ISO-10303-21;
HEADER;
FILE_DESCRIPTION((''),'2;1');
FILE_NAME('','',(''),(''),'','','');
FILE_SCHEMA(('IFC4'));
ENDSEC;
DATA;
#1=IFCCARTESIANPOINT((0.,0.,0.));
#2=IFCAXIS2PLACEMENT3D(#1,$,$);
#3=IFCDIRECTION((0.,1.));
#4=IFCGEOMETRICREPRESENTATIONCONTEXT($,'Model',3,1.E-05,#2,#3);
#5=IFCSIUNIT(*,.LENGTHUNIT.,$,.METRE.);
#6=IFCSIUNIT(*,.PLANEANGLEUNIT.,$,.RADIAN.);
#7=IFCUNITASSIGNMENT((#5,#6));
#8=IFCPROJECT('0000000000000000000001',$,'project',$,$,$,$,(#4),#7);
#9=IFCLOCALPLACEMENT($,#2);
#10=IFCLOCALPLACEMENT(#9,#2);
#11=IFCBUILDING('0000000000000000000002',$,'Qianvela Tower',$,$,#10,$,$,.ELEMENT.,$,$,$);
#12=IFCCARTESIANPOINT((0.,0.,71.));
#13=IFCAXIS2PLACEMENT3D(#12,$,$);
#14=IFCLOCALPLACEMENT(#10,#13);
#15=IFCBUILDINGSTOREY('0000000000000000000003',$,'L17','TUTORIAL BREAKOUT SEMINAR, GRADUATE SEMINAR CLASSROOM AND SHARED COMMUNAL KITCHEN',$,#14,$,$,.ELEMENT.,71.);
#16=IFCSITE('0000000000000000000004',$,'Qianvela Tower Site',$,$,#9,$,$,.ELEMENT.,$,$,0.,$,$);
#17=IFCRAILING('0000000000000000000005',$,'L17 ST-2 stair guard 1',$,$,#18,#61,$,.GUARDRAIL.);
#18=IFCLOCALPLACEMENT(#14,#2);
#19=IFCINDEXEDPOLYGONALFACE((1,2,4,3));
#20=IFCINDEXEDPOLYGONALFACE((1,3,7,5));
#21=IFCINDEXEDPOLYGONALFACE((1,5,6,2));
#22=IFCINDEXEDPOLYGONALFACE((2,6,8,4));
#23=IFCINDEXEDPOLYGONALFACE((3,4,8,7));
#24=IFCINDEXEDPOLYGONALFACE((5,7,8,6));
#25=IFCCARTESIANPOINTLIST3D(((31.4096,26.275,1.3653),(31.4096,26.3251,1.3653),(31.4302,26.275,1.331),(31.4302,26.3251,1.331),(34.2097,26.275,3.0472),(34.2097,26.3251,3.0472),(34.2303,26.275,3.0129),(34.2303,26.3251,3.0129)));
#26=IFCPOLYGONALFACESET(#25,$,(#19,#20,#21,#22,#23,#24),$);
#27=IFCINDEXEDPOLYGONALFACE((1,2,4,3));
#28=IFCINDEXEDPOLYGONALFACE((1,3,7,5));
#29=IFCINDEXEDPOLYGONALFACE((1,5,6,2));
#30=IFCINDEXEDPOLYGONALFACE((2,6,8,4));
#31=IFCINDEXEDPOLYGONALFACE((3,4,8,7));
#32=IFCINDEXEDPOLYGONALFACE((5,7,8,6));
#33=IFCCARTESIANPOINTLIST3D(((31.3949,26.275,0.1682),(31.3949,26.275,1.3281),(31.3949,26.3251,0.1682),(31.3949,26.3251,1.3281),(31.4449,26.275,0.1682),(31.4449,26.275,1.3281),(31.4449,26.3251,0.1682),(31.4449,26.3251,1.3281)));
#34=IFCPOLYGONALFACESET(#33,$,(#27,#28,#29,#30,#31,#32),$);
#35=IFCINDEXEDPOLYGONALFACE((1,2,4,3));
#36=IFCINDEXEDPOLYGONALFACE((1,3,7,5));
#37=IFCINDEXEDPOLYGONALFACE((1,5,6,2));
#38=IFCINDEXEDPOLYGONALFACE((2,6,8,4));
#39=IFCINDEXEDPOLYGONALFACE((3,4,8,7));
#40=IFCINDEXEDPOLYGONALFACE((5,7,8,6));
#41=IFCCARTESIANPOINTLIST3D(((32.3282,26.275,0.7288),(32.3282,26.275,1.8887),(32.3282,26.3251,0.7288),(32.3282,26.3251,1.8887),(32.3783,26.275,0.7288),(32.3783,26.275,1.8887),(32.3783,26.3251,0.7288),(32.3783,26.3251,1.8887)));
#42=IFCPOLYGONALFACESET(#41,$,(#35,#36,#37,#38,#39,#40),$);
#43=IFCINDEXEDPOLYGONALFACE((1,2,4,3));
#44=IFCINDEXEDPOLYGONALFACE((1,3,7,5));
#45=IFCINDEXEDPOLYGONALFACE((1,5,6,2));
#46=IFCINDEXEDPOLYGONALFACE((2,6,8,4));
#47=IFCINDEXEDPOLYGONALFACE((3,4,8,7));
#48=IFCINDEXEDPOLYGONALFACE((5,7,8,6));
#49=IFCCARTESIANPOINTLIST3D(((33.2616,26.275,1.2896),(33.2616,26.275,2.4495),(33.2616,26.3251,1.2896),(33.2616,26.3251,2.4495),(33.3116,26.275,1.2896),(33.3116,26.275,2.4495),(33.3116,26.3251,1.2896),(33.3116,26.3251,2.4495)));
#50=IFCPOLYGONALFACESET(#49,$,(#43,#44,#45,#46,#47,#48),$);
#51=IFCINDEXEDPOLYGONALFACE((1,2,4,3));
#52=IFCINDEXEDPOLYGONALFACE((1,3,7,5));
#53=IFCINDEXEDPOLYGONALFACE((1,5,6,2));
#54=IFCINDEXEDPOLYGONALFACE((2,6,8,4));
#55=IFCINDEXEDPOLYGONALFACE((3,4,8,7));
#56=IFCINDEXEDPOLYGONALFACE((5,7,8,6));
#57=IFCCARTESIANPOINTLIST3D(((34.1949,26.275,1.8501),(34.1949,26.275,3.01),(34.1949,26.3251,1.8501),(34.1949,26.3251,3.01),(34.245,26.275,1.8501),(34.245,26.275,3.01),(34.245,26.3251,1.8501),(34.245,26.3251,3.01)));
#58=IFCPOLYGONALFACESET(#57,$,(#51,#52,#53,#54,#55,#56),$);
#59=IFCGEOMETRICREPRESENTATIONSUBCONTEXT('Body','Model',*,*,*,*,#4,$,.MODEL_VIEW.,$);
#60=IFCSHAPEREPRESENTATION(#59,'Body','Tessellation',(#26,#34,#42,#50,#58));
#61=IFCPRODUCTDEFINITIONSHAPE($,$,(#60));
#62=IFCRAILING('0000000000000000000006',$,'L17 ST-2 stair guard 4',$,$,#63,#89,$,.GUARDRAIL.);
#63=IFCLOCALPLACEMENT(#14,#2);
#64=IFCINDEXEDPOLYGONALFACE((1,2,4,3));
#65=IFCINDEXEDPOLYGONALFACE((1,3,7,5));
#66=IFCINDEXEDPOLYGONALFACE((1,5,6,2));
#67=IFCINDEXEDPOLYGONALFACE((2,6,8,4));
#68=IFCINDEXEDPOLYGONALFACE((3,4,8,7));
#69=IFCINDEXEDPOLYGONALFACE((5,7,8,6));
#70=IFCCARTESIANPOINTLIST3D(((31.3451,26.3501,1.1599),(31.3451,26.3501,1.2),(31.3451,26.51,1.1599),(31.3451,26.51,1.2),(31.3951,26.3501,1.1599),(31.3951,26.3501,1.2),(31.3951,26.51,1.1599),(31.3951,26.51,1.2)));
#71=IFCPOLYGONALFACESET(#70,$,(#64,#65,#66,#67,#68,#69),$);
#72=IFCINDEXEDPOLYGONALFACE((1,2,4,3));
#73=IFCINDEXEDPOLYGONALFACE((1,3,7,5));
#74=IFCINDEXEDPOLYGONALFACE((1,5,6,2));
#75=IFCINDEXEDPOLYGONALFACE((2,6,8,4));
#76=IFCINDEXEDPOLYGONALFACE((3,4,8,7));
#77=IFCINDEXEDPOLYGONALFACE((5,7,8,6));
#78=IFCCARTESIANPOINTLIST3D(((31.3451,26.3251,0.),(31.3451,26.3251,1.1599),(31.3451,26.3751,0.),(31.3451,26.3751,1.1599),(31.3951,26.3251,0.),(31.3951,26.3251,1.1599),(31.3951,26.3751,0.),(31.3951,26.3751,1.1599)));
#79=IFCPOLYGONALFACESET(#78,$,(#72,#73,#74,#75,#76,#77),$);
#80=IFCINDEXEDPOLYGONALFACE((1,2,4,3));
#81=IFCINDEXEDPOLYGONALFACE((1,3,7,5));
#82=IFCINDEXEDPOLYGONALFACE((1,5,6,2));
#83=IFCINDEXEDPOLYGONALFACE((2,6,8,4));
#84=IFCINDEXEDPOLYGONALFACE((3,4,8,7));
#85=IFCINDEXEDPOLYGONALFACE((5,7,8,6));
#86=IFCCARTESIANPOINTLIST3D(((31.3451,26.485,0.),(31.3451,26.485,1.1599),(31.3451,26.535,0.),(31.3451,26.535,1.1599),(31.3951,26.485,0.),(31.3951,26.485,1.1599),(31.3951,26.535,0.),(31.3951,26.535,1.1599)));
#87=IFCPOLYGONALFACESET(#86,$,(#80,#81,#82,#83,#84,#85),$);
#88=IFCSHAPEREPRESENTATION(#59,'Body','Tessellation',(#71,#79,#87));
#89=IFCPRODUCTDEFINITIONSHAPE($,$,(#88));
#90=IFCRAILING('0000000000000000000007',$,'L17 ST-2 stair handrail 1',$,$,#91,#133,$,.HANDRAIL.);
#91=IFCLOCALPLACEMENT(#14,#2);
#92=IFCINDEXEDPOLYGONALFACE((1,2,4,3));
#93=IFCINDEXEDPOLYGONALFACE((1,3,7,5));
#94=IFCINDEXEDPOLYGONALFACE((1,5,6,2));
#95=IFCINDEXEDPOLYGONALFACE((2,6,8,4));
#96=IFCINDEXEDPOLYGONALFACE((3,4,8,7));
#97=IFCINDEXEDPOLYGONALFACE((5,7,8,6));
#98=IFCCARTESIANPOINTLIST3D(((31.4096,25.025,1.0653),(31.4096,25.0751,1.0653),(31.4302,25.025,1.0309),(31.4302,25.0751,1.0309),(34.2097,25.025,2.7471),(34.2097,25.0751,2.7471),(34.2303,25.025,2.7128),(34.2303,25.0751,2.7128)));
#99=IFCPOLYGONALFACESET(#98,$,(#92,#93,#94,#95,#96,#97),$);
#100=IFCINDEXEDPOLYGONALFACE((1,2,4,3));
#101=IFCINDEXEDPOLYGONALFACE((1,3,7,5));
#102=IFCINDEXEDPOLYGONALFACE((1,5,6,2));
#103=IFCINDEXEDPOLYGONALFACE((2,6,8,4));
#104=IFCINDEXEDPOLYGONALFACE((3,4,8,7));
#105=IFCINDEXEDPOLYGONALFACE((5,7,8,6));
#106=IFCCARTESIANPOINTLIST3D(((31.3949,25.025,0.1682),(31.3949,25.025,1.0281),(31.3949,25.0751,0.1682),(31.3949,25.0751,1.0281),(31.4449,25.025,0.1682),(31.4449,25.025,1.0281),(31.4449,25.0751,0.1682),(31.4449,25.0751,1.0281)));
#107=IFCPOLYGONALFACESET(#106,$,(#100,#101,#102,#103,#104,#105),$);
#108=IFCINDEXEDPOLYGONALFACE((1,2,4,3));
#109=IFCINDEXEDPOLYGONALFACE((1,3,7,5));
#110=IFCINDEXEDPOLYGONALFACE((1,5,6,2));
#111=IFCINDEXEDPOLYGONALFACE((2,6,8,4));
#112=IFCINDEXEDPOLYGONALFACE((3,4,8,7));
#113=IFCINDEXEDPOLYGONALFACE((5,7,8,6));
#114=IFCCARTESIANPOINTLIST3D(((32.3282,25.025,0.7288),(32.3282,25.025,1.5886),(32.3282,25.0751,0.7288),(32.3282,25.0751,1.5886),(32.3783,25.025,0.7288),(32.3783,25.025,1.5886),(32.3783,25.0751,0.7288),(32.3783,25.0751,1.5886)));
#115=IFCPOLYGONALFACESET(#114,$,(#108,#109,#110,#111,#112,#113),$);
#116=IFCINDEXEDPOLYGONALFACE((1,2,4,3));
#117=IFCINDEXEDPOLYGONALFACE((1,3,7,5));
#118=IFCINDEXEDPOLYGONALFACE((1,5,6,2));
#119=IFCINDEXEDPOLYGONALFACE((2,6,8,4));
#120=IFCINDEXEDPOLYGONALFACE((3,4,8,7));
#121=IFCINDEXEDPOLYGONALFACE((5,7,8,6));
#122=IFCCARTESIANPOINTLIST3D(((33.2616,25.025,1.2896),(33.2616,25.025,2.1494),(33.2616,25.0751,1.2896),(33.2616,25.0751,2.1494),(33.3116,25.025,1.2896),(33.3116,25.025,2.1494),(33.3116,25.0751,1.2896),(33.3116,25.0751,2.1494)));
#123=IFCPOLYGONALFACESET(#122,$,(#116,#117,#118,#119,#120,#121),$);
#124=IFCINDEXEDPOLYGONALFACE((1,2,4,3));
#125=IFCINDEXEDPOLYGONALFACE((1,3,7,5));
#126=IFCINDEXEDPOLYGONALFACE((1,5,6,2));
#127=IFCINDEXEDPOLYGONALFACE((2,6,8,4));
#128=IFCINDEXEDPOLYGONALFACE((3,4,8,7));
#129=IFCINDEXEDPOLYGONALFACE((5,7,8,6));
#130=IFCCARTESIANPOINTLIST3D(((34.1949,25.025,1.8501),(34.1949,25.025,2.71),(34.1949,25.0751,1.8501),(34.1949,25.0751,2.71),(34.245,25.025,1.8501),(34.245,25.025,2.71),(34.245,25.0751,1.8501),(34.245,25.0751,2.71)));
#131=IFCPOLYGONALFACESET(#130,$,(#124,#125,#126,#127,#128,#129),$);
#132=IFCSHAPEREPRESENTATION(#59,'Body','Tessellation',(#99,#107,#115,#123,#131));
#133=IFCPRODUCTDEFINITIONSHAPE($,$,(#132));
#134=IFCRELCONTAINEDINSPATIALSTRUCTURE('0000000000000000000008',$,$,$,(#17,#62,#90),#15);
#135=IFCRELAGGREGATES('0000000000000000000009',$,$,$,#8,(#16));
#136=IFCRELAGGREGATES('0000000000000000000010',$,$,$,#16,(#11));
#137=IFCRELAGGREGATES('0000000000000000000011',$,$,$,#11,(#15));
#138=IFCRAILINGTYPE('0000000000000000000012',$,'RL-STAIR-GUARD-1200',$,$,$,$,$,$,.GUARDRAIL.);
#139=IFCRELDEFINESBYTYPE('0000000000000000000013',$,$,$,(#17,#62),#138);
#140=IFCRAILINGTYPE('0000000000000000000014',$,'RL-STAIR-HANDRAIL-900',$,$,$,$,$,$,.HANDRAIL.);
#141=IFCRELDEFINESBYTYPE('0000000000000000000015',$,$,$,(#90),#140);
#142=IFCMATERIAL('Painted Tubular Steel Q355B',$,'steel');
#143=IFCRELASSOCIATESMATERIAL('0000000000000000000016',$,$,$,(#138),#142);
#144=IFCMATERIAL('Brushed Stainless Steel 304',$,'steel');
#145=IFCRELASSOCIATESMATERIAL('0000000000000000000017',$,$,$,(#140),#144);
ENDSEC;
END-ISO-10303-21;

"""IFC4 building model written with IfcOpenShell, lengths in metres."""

from ifc_helpers import new_model, si_unit, direction, frame, origin, origin_2d, place, context, subcontext, project, spatial, rectangle, extrude, material, type_object, element, save


model = new_model("IFC4")

# Units and contexts
model_context = context("Model", 3, precision=1e-05, world=origin(), true_north=direction((0.0, 1.0)))
body_context = subcontext(model_context, "Body", "Model", "MODEL_VIEW")
ifc_project = project(units=[si_unit("LENGTHUNIT", "METRE"), si_unit("PLANEANGLEUNIT", "RADIAN")], contexts=[model_context])

# Site, building, storey
site_placement = place(None, origin())
site = spatial("IfcSite", under=ifc_project, at=site_placement, Name="Qianvela Tower Site", CompositionType="ELEMENT", RefElevation=0.0)
building_placement = place(site_placement, origin())
building = spatial("IfcBuilding", under=site, at=building_placement, Name="Qianvela Tower", CompositionType="ELEMENT")
storey_placement = place(building_placement, frame((0.0, 0.0, 71.0)))
storey = spatial("IfcBuildingStorey", under=building, at=storey_placement, Name="L17", Description="TUTORIAL BREAKOUT SEMINAR, GRADUATE SEMINAR CLASSROOM AND SHARED COMMUNAL KITCHEN", CompositionType="ELEMENT", Elevation=71.0)

# Railings
ifc_material_1 = material(Name="Painted Tubular Steel Q355B", Category="steel")
railing_type_1 = type_object("IfcRailingType", Name="RL-STAIR-GUARD-1200", PredefinedType="GUARDRAIL", material=ifc_material_1)
railing_1_placement = place(storey_placement, frame((31.4199, 26.3, 0.1682)))
element("IfcRailing", 1, at=railing_1_placement, inside=storey, type_object=railing_type_1, Name="L17 ST-2 stair guard 1", PredefinedType="GUARDRAIL", context=body_context, shape_type="SweptSolid", body=[
    extrude(rectangle(XDim=0.05, YDim=0.04, at=origin_2d()), frame((0.0, 0.0, 1.1799), z_axis=(0.857242, 0.0, 0.514913), x_axis=(0.0, 1.0, 0.0)), (0.0, 0.0, 1.0), 3.2664),
    extrude(rectangle(XDim=0.05, YDim=0.05, at=origin_2d()), origin(), (0.0, 0.0, 1.0), 1.1599),
    extrude(rectangle(XDim=0.05, YDim=0.05, at=origin_2d()), frame((0.9333, 0.0, 0.5605)), (0.0, 0.0, 1.0), 1.1599),
    extrude(rectangle(XDim=0.05, YDim=0.05, at=origin_2d()), frame((1.8667, 0.0, 1.1213)), (0.0, 0.0, 1.0), 1.1599),
    extrude(rectangle(XDim=0.05, YDim=0.05, at=origin_2d()), frame((2.8, 0.0, 1.6819)), (0.0, 0.0, 1.0), 1.1599),
])
railing_2_placement = place(storey_placement, frame((31.3701, 26.3501, 0.0)))
element("IfcRailing", 2, at=railing_2_placement, inside=storey, type_object=railing_type_1, Name="L17 ST-2 stair guard 4", PredefinedType="GUARDRAIL", context=body_context, shape_type="SweptSolid", body=[
    extrude(rectangle(XDim=0.05, YDim=0.04, at=origin_2d()), frame((0.0, 0.0, 1.1799), z_axis=(0.0, 1.0, 0.0), x_axis=(-1.0, 0.0, 0.0)), (0.0, 0.0, 1.0), 0.1599),
    extrude(rectangle(XDim=0.05, YDim=0.05, at=origin_2d()), origin(), (0.0, 0.0, 1.0), 1.1599),
    extrude(rectangle(XDim=0.05, YDim=0.05, at=origin_2d()), frame((0.0, 0.1599, 0.0)), (0.0, 0.0, 1.0), 1.1599),
])
ifc_material_2 = material(Name="Brushed Stainless Steel 304", Category="steel")
railing_type_2 = type_object("IfcRailingType", Name="RL-STAIR-HANDRAIL-900", PredefinedType="HANDRAIL", material=ifc_material_2)
railing_3_placement = place(storey_placement, frame((31.4199, 25.05, 0.1682)))
element("IfcRailing", 3, at=railing_3_placement, inside=storey, type_object=railing_type_2, Name="L17 ST-2 stair handrail 1", PredefinedType="HANDRAIL", context=body_context, shape_type="SweptSolid", body=[
    extrude(rectangle(XDim=0.05, YDim=0.04, at=origin_2d()), frame((0.0, 0.0, 0.8799), z_axis=(0.857242, 0.0, 0.514913), x_axis=(0.0, 1.0, 0.0)), (0.0, 0.0, 1.0), 3.2664),
    extrude(rectangle(XDim=0.05, YDim=0.05, at=origin_2d()), origin(), (0.0, 0.0, 1.0), 0.8599),
    extrude(rectangle(XDim=0.05, YDim=0.05, at=origin_2d()), frame((0.9333, 0.0, 0.5605)), (0.0, 0.0, 1.0), 0.8599),
    extrude(rectangle(XDim=0.05, YDim=0.05, at=origin_2d()), frame((1.8667, 0.0, 1.1213)), (0.0, 0.0, 1.0), 0.8599),
    extrude(rectangle(XDim=0.05, YDim=0.05, at=origin_2d()), frame((2.8, 0.0, 1.6819)), (0.0, 0.0, 1.0), 0.8599),
])

save(model, "model.ifc")
